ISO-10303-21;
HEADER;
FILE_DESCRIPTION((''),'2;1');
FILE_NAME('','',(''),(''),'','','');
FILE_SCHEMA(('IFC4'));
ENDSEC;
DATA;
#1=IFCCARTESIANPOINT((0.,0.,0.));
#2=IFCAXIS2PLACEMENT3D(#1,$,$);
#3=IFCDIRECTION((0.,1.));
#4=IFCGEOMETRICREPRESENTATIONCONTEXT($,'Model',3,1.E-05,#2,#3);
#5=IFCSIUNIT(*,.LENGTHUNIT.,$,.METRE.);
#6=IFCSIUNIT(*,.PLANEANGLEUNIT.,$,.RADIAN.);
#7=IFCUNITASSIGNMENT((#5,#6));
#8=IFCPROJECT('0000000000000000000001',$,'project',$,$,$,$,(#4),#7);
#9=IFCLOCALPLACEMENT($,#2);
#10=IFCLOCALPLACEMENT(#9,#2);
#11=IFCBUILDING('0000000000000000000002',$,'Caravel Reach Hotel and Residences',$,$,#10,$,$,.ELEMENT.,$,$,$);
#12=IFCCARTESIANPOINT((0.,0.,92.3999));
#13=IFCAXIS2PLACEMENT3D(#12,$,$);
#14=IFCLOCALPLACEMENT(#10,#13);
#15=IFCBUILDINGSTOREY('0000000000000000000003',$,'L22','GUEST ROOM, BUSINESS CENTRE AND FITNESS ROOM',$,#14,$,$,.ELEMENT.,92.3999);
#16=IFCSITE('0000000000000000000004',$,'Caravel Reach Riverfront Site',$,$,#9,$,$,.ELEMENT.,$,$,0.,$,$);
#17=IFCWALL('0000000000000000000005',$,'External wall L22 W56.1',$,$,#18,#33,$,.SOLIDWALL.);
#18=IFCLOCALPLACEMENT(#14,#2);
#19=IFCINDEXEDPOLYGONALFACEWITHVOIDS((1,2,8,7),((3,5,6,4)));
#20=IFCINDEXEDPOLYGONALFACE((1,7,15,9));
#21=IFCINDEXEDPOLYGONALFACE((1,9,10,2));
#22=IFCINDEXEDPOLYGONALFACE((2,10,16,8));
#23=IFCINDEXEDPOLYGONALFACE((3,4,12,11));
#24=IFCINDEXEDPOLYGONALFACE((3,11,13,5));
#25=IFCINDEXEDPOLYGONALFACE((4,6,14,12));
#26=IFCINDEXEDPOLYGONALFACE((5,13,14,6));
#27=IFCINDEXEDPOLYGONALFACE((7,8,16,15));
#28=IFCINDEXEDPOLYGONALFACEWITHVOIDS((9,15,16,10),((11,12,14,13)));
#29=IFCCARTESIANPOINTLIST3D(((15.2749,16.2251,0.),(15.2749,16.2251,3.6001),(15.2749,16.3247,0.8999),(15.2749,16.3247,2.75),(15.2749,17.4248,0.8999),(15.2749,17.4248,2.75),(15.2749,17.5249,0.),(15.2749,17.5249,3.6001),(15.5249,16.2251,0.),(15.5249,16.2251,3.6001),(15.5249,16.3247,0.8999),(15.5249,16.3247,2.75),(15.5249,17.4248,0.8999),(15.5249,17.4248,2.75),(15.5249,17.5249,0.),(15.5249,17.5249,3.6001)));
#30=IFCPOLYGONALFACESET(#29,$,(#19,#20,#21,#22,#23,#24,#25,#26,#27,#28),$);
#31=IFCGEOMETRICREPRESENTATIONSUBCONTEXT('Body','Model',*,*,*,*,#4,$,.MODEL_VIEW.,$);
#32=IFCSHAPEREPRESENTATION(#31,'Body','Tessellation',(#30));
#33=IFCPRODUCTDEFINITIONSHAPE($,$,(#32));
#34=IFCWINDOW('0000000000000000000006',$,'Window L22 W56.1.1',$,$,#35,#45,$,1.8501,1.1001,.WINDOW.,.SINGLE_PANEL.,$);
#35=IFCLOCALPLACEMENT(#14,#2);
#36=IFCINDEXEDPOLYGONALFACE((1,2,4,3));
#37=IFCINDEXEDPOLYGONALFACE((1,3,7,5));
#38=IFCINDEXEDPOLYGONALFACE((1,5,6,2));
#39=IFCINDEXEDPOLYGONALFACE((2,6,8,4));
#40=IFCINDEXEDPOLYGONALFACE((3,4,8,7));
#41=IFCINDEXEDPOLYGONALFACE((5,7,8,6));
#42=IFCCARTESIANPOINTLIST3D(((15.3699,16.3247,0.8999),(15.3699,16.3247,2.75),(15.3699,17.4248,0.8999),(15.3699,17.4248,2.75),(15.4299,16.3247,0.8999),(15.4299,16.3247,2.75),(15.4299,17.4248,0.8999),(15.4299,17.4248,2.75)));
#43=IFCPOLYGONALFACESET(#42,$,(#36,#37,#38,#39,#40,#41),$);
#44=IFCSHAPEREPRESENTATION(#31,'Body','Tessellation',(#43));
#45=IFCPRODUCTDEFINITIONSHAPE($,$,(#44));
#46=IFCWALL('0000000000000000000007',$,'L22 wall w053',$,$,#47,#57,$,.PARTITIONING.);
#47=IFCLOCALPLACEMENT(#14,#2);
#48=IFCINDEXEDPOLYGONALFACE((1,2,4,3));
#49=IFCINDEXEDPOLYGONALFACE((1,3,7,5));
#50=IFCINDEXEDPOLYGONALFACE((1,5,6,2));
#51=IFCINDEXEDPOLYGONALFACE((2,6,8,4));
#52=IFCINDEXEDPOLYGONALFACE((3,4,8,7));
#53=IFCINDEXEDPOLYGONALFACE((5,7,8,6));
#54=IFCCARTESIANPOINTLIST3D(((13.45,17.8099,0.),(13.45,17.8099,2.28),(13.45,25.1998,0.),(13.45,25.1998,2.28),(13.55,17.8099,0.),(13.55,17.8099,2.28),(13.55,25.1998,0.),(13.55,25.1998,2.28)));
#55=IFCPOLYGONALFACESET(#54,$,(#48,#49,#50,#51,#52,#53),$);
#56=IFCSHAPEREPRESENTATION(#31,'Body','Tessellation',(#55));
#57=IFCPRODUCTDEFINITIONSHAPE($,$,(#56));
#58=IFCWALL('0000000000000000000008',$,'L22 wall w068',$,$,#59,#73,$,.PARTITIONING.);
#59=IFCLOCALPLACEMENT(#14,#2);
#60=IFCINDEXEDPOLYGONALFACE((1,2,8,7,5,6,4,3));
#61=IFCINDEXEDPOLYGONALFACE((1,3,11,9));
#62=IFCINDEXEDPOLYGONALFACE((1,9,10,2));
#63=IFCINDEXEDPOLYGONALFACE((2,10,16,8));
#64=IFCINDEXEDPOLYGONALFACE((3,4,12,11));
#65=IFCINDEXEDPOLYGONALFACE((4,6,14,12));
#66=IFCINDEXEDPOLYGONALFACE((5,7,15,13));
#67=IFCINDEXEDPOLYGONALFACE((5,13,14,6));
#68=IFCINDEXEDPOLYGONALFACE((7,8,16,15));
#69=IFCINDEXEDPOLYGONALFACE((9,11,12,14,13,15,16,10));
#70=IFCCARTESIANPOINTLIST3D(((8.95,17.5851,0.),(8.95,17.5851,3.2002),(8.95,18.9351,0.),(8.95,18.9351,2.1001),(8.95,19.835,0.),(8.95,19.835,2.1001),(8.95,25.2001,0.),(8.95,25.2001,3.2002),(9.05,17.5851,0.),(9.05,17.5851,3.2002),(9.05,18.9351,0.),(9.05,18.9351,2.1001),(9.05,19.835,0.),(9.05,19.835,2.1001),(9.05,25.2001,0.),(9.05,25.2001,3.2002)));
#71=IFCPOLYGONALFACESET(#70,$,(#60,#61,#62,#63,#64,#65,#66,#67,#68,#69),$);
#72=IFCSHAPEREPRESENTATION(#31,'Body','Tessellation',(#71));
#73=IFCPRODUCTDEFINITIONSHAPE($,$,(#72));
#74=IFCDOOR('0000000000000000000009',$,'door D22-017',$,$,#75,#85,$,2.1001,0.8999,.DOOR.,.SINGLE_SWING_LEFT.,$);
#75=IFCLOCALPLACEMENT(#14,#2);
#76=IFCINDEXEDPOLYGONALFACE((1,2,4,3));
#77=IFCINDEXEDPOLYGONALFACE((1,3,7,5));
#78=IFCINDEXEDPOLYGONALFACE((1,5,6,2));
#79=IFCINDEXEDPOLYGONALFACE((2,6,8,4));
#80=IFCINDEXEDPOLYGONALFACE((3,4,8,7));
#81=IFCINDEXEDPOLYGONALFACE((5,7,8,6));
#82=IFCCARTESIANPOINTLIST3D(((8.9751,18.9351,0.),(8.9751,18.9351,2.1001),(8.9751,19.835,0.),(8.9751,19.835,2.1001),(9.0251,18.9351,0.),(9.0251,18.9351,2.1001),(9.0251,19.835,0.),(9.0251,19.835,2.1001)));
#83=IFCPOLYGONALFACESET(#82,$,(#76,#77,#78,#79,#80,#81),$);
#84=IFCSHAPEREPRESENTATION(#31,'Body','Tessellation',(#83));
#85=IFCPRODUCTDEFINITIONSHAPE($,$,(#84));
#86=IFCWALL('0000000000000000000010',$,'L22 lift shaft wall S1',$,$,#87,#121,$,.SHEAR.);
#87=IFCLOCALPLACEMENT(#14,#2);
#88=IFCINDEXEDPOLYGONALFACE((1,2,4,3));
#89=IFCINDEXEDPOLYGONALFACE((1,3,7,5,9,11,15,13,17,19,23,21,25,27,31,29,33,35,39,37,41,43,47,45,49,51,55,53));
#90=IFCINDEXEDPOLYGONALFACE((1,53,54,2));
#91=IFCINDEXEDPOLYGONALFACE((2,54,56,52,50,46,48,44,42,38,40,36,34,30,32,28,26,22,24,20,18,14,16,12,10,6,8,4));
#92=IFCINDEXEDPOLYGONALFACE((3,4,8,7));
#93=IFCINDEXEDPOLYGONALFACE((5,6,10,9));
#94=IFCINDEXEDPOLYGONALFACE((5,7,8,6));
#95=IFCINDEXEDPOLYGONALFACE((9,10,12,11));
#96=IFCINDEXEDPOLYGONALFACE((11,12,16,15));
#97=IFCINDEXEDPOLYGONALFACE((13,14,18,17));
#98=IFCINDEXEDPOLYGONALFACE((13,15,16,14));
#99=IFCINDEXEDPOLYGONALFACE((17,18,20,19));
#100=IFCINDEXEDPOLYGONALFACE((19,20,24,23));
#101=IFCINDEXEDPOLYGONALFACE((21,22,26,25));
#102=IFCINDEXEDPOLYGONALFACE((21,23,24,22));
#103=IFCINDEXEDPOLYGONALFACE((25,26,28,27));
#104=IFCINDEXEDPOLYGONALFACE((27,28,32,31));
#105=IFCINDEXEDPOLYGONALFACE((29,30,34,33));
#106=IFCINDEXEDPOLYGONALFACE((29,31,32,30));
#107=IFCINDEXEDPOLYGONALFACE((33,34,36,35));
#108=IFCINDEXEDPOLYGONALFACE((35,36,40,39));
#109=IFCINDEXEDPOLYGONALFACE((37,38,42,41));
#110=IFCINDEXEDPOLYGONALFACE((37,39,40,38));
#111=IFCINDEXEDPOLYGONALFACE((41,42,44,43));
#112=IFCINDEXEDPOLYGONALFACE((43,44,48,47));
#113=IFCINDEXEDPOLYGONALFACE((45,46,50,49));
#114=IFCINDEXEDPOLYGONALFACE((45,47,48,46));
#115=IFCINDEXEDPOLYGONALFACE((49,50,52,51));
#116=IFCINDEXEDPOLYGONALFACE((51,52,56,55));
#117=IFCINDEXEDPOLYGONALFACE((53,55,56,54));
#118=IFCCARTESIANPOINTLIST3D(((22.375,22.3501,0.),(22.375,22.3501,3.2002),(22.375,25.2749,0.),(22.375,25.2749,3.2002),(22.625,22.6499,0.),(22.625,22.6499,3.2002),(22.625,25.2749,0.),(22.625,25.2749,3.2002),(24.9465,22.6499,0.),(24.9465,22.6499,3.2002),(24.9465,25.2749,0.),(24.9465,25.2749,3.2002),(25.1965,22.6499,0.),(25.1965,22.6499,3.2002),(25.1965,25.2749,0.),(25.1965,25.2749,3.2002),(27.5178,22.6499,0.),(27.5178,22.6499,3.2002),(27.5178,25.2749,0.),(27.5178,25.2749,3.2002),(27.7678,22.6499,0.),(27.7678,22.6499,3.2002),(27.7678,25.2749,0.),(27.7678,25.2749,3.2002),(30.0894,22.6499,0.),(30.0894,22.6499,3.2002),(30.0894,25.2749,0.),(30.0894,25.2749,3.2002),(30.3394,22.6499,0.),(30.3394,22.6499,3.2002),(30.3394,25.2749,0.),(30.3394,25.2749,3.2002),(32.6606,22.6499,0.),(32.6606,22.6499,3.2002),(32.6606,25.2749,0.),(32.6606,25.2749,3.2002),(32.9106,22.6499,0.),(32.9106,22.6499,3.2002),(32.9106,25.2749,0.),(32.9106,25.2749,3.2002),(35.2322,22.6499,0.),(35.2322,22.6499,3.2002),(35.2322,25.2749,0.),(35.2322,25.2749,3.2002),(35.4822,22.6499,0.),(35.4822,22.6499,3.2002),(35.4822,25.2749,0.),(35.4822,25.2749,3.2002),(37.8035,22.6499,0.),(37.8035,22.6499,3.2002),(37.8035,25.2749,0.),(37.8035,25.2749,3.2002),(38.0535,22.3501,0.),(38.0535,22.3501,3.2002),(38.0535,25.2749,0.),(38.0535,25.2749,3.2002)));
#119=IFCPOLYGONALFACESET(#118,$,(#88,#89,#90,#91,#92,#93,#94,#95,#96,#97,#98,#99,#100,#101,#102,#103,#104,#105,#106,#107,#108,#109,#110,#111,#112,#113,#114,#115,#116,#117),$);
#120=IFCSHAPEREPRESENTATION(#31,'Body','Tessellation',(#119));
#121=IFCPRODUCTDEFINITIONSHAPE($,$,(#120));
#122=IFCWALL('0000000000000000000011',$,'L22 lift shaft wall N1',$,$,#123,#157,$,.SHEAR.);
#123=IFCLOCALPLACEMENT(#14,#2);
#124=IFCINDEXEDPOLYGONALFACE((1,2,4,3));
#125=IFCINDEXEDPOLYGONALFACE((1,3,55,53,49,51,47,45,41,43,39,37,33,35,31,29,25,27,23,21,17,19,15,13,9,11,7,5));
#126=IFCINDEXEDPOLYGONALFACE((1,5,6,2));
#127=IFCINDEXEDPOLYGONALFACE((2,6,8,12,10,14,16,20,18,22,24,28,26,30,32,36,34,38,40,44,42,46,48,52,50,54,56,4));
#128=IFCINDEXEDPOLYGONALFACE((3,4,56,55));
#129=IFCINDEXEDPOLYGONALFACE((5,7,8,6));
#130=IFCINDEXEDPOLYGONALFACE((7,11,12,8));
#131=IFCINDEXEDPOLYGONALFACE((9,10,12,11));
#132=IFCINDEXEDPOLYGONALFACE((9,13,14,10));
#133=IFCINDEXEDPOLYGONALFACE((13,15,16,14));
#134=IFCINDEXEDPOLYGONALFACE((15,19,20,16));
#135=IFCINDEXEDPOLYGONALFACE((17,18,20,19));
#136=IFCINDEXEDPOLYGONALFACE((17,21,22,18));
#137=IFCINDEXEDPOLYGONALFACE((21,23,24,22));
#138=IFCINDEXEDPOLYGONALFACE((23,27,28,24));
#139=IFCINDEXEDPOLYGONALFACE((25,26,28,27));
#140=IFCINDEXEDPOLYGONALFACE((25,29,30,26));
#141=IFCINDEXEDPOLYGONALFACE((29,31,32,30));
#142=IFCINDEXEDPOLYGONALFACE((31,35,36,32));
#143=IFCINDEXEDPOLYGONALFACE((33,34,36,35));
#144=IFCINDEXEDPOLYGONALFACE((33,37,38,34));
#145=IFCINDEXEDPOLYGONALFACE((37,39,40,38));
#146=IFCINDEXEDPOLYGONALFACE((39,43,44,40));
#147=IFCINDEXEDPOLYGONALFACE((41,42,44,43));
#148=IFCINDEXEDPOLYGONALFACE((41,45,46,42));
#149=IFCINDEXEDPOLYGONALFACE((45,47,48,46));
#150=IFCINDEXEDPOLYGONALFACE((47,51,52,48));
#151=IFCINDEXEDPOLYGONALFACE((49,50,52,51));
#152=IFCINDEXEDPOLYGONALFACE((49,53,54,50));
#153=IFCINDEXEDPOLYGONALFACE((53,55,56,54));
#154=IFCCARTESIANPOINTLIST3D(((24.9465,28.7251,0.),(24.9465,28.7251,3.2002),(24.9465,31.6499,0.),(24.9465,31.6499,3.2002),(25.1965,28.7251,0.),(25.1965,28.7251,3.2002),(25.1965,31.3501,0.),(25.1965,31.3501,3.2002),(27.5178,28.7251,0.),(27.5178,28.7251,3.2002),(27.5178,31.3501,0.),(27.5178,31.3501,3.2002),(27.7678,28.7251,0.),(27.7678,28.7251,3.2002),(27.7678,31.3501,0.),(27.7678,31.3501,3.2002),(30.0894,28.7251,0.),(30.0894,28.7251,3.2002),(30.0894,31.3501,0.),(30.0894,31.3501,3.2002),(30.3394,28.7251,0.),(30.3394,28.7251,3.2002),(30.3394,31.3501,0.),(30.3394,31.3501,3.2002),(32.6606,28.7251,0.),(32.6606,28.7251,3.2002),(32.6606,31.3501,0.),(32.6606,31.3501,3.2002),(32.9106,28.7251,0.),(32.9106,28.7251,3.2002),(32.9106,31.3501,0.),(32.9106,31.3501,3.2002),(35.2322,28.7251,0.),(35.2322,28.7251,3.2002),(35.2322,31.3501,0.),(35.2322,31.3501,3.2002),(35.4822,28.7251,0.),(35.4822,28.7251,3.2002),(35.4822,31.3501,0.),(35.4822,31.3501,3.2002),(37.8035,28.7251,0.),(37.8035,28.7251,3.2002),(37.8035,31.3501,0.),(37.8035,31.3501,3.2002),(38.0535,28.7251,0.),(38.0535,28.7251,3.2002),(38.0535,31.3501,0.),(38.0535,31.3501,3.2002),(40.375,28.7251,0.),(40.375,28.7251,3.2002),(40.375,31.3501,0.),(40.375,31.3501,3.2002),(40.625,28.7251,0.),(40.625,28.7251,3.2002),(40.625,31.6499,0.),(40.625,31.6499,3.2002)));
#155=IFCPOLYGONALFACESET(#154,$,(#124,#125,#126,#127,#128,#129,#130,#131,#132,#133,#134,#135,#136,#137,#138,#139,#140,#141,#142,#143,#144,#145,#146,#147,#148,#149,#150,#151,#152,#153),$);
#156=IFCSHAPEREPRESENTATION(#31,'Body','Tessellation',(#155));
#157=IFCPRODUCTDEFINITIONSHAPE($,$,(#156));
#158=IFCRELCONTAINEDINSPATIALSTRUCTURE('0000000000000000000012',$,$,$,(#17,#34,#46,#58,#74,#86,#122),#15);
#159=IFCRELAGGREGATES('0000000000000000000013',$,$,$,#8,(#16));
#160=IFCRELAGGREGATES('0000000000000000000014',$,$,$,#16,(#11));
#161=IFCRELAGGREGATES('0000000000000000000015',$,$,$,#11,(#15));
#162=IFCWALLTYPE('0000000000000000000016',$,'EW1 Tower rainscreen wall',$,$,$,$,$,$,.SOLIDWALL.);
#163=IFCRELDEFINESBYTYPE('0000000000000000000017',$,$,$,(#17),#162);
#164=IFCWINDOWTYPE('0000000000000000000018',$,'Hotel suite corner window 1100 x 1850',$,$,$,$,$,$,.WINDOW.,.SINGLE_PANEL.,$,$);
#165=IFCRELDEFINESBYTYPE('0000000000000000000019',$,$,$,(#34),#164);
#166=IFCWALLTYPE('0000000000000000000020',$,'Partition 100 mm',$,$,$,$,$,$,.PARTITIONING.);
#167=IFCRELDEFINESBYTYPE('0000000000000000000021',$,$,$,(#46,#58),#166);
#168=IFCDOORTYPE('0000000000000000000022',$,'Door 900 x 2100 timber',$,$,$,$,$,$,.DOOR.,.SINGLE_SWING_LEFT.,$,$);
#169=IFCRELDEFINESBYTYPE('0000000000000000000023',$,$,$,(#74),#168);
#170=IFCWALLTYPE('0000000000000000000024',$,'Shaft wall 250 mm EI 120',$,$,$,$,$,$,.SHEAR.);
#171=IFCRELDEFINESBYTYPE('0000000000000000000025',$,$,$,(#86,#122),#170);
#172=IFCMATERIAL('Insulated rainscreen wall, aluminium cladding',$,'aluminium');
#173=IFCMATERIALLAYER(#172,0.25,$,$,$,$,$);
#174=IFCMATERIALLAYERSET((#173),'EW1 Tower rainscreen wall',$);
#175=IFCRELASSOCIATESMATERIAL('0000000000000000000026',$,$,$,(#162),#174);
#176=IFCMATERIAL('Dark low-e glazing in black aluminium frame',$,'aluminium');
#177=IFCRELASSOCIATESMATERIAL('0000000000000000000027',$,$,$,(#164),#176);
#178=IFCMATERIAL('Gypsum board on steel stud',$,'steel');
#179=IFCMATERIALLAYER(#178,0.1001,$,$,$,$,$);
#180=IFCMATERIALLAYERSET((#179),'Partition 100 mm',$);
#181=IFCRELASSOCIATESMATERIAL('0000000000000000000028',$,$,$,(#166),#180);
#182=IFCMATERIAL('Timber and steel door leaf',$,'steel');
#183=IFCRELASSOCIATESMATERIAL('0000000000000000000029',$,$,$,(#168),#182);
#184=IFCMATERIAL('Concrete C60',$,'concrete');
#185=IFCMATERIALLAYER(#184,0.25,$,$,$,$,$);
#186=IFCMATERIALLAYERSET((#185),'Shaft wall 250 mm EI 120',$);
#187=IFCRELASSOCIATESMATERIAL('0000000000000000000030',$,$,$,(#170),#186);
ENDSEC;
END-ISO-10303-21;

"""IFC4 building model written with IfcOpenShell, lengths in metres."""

from ifc_helpers import new_model, si_unit, direction, frame, frame_2d, origin, place, context, subcontext, project, spatial, polyline, rectangle, outline, extrude, material, layer, layer_set, type_object, element, fill, save


model = new_model("IFC4")

# Units and contexts
model_context = context("Model", 3, precision=1e-05, world=origin(), true_north=direction((0.0, 1.0)))
body_context = subcontext(model_context, "Body", "Model", "MODEL_VIEW")
ifc_project = project(units=[si_unit("LENGTHUNIT", "METRE"), si_unit("PLANEANGLEUNIT", "RADIAN")], contexts=[model_context])

# Site, building, storey
site_placement = place(None, origin())
site = spatial("IfcSite", under=ifc_project, at=site_placement, Name="Caravel Reach Riverfront Site", CompositionType="ELEMENT", RefElevation=0.0)
building_placement = place(site_placement, origin())
building = spatial("IfcBuilding", under=site, at=building_placement, Name="Caravel Reach Hotel and Residences", CompositionType="ELEMENT")
storey_placement = place(building_placement, frame((0.0, 0.0, 92.3999)))
storey = spatial("IfcBuildingStorey", under=building, at=storey_placement, Name="L22", Description="GUEST ROOM, BUSINESS CENTRE AND FITNESS ROOM", CompositionType="ELEMENT", Elevation=92.3999)

# Shared definitions
ifc_material_1 = material(Name="Insulated rainscreen wall, aluminium cladding", Category="aluminium")
ifc_layer_1 = layer(ifc_material_1, 0.25)
ifc_layer_set_1 = layer_set([ifc_layer_1], Name="EW1 Tower rainscreen wall")
wall_type_1 = type_object("IfcWallType", Name="EW1 Tower rainscreen wall", PredefinedType="SOLIDWALL", material=ifc_layer_set_1)

# Wall, opening, window
ifc_material_2 = material(Name="Dark low-e glazing in black aluminium frame", Category="aluminium")
window_type_1 = type_object("IfcWindowType", Name="Hotel suite corner window 1100 x 1850", PartitioningType="SINGLE_PANEL", PredefinedType="WINDOW", material=ifc_material_2)
wall_1_placement = place(storey_placement, frame((15.3999, 17.5249, 0.0), z_axis=(0.0, 0.0, 1.0), x_axis=(0.0, -1.0, 0.0)))
wall_1 = element("IfcWall", 1, at=wall_1_placement, inside=storey, type_object=wall_type_1, Name="External wall L22 W56.1", PredefinedType="SOLIDWALL", context=body_context, shape_type="SweptSolid", body=[
    extrude(rectangle(XDim=1.2998, YDim=0.25, at=frame_2d((0.6499, 0.0))), origin(), (0.0, 0.0, 1.0), 3.6001),
])
opening_1_placement = place(wall_1_placement, frame((0.1001, 0.0, 0.8999)))
opening_1 = element("IfcOpeningElement", 2, at=opening_1_placement, cuts=wall_1, PredefinedType="OPENING", context=body_context, shape_type="SweptSolid", body=[
    extrude(rectangle(XDim=1.1001, YDim=1.8501, at=frame_2d((0.55, 0.925))), frame((0.0, 0.135, 0.0), z_axis=(0.0, -1.0, 0.0), x_axis=(1.0, 0.0, 0.0)), (0.0, 0.0, 1.0), 0.27),
])
window_1_placement = place(opening_1_placement, origin())
window_1 = element("IfcWindow", 3, at=window_1_placement, inside=storey, type_object=window_type_1, Name="Window L22 W56.1.1", OverallHeight=1.8501, OverallWidth=1.1001, PartitioningType="SINGLE_PANEL", PredefinedType="WINDOW", context=body_context, shape_type="SweptSolid", body=[
    extrude(rectangle(XDim=1.1001, YDim=1.8501, at=frame_2d((0.55, 0.925))), frame((0.0, 0.03, 0.0), z_axis=(0.0, -1.0, 0.0), x_axis=(1.0, 0.0, 0.0)), (0.0, 0.0, 1.0), 0.0601),
])
fill(opening_1, window_1)

# Wall
ifc_material_3 = material(Name="Gypsum board on steel stud", Category="steel")
ifc_layer_2 = layer(ifc_material_3, 0.1001)
ifc_layer_set_2 = layer_set([ifc_layer_2], Name="Partition 100 mm")
wall_type_2 = type_object("IfcWallType", Name="Partition 100 mm", PredefinedType="PARTITIONING", material=ifc_layer_set_2)
wall_2_placement = place(storey_placement, frame((13.5, 17.8101, 0.0), z_axis=(0.0, 0.0, 1.0), x_axis=(0.0, 1.0, 0.0)))
element("IfcWall", 4, at=wall_2_placement, inside=storey, type_object=wall_type_2, Name="L22 wall w053", PredefinedType="PARTITIONING", context=body_context, shape_type="SweptSolid", body=[
    extrude(rectangle(XDim=7.3899, YDim=0.1001, at=frame_2d((3.6948, 0.0))), origin(), (0.0, 0.0, 1.0), 2.28),
])

# Wall, opening, door
wall_3_placement = place(storey_placement, frame((9.0, 17.585, 0.0), z_axis=(0.0, 0.0, 1.0), x_axis=(0.0, 1.0, 0.0)))
wall_3 = element("IfcWall", 5, at=wall_3_placement, inside=storey, type_object=wall_type_2, Name="L22 wall w068", PredefinedType="PARTITIONING", context=body_context, shape_type="SweptSolid", body=[
    extrude(rectangle(XDim=7.615, YDim=0.1001, at=frame_2d((3.8076, 0.0))), origin(), (0.0, 0.0, 1.0), 3.2002),
])
opening_2_placement = place(wall_3_placement, frame((1.3501, 0.0, 0.0)))
opening_2 = element("IfcOpeningElement", 6, at=opening_2_placement, cuts=wall_3, PredefinedType="OPENING", context=body_context, shape_type="SweptSolid", body=[
    extrude(rectangle(XDim=0.8999, YDim=2.1001, at=frame_2d((0.45, 1.05))), frame((0.0, 0.0601, 0.0), z_axis=(0.0, -1.0, 0.0), x_axis=(1.0, 0.0, 0.0)), (0.0, 0.0, 1.0), 0.1201),
])
ifc_material_4 = material(Name="Timber and steel door leaf", Category="steel")
door_type = type_object("IfcDoorType", Name="Door 900 x 2100 timber", OperationType="SINGLE_SWING_LEFT", PredefinedType="DOOR", material=ifc_material_4)
door_placement = place(opening_2_placement, origin())
door = element("IfcDoor", 7, at=door_placement, inside=storey, type_object=door_type, Name="door D22-017", OperationType="SINGLE_SWING_LEFT", OverallHeight=2.1001, OverallWidth=0.8999, PredefinedType="DOOR", context=body_context, shape_type="SweptSolid", body=[
    extrude(rectangle(XDim=0.8999, YDim=2.1001, at=frame_2d((0.45, 1.05))), frame((0.0, 0.0249, 0.0), z_axis=(0.0, -1.0, 0.0), x_axis=(1.0, 0.0, 0.0)), (0.0, 0.0, 1.0), 0.05),
])
fill(opening_2, door)

# Walls
ifc_material_5 = material(Name="Concrete C60", Category="concrete")
ifc_layer_3 = layer(ifc_material_5, 0.25)
ifc_layer_set_3 = layer_set([ifc_layer_3], Name="Shaft wall 250 mm EI 120")
wall_type_3 = type_object("IfcWallType", Name="Shaft wall 250 mm EI 120", PredefinedType="SHEAR", material=ifc_layer_set_3)
wall_4_placement = place(storey_placement, origin())
element("IfcWall", 8, at=wall_4_placement, inside=storey, type_object=wall_type_3, Name="L22 lift shaft wall S1", PredefinedType="SHEAR", context=body_context, shape_type="SweptSolid", body=[
    extrude(outline(polyline([(22.375, 22.3501), (38.0535, 22.3501), (38.0535, 25.2749), (37.8035, 25.2749), (37.8035, 22.6499), (35.4822, 22.6499), (35.4822, 25.2749), (35.2322, 25.2749), (35.2322, 22.6499), (32.9106, 22.6499), (32.9106, 25.2749), (32.6606, 25.2749), (32.6606, 22.6499), (30.3394, 22.6499), (30.3394, 25.2749), (30.0894, 25.2749), (30.0894, 22.6499), (27.7678, 22.6499), (27.7678, 25.2749), (27.5178, 25.2749), (27.5178, 22.6499), (25.1965, 22.6499), (25.1965, 25.2749), (24.9465, 25.2749), (24.9465, 22.6499), (22.625, 22.6499), (22.625, 25.2749), (22.375, 25.2749), (22.375, 22.3501)])), origin(), (0.0, 0.0, 1.0), 3.2002),
])
wall_5_placement = place(storey_placement, origin())
element("IfcWall", 9, at=wall_5_placement, inside=storey, type_object=wall_type_3, Name="L22 lift shaft wall N1", PredefinedType="SHEAR", context=body_context, shape_type="SweptSolid", body=[
    extrude(outline(polyline([(24.9465, 28.7251), (25.1965, 28.7251), (25.1965, 31.3501), (27.5178, 31.3501), (27.5178, 28.7251), (27.7678, 28.7251), (27.7678, 31.3501), (30.0894, 31.3501), (30.0894, 28.7251), (30.3394, 28.7251), (30.3394, 31.3501), (32.6606, 31.3501), (32.6606, 28.7251), (32.9106, 28.7251), (32.9106, 31.3501), (35.2322, 31.3501), (35.2322, 28.7251), (35.4822, 28.7251), (35.4822, 31.3501), (37.8035, 31.3501), (37.8035, 28.7251), (38.0535, 28.7251), (38.0535, 31.3501), (40.375, 31.3501), (40.375, 28.7251), (40.625, 28.7251), (40.625, 31.6499), (24.9465, 31.6499), (24.9465, 28.7251)])), origin(), (0.0, 0.0, 1.0), 3.2002),
])

save(model, "model.ifc")
